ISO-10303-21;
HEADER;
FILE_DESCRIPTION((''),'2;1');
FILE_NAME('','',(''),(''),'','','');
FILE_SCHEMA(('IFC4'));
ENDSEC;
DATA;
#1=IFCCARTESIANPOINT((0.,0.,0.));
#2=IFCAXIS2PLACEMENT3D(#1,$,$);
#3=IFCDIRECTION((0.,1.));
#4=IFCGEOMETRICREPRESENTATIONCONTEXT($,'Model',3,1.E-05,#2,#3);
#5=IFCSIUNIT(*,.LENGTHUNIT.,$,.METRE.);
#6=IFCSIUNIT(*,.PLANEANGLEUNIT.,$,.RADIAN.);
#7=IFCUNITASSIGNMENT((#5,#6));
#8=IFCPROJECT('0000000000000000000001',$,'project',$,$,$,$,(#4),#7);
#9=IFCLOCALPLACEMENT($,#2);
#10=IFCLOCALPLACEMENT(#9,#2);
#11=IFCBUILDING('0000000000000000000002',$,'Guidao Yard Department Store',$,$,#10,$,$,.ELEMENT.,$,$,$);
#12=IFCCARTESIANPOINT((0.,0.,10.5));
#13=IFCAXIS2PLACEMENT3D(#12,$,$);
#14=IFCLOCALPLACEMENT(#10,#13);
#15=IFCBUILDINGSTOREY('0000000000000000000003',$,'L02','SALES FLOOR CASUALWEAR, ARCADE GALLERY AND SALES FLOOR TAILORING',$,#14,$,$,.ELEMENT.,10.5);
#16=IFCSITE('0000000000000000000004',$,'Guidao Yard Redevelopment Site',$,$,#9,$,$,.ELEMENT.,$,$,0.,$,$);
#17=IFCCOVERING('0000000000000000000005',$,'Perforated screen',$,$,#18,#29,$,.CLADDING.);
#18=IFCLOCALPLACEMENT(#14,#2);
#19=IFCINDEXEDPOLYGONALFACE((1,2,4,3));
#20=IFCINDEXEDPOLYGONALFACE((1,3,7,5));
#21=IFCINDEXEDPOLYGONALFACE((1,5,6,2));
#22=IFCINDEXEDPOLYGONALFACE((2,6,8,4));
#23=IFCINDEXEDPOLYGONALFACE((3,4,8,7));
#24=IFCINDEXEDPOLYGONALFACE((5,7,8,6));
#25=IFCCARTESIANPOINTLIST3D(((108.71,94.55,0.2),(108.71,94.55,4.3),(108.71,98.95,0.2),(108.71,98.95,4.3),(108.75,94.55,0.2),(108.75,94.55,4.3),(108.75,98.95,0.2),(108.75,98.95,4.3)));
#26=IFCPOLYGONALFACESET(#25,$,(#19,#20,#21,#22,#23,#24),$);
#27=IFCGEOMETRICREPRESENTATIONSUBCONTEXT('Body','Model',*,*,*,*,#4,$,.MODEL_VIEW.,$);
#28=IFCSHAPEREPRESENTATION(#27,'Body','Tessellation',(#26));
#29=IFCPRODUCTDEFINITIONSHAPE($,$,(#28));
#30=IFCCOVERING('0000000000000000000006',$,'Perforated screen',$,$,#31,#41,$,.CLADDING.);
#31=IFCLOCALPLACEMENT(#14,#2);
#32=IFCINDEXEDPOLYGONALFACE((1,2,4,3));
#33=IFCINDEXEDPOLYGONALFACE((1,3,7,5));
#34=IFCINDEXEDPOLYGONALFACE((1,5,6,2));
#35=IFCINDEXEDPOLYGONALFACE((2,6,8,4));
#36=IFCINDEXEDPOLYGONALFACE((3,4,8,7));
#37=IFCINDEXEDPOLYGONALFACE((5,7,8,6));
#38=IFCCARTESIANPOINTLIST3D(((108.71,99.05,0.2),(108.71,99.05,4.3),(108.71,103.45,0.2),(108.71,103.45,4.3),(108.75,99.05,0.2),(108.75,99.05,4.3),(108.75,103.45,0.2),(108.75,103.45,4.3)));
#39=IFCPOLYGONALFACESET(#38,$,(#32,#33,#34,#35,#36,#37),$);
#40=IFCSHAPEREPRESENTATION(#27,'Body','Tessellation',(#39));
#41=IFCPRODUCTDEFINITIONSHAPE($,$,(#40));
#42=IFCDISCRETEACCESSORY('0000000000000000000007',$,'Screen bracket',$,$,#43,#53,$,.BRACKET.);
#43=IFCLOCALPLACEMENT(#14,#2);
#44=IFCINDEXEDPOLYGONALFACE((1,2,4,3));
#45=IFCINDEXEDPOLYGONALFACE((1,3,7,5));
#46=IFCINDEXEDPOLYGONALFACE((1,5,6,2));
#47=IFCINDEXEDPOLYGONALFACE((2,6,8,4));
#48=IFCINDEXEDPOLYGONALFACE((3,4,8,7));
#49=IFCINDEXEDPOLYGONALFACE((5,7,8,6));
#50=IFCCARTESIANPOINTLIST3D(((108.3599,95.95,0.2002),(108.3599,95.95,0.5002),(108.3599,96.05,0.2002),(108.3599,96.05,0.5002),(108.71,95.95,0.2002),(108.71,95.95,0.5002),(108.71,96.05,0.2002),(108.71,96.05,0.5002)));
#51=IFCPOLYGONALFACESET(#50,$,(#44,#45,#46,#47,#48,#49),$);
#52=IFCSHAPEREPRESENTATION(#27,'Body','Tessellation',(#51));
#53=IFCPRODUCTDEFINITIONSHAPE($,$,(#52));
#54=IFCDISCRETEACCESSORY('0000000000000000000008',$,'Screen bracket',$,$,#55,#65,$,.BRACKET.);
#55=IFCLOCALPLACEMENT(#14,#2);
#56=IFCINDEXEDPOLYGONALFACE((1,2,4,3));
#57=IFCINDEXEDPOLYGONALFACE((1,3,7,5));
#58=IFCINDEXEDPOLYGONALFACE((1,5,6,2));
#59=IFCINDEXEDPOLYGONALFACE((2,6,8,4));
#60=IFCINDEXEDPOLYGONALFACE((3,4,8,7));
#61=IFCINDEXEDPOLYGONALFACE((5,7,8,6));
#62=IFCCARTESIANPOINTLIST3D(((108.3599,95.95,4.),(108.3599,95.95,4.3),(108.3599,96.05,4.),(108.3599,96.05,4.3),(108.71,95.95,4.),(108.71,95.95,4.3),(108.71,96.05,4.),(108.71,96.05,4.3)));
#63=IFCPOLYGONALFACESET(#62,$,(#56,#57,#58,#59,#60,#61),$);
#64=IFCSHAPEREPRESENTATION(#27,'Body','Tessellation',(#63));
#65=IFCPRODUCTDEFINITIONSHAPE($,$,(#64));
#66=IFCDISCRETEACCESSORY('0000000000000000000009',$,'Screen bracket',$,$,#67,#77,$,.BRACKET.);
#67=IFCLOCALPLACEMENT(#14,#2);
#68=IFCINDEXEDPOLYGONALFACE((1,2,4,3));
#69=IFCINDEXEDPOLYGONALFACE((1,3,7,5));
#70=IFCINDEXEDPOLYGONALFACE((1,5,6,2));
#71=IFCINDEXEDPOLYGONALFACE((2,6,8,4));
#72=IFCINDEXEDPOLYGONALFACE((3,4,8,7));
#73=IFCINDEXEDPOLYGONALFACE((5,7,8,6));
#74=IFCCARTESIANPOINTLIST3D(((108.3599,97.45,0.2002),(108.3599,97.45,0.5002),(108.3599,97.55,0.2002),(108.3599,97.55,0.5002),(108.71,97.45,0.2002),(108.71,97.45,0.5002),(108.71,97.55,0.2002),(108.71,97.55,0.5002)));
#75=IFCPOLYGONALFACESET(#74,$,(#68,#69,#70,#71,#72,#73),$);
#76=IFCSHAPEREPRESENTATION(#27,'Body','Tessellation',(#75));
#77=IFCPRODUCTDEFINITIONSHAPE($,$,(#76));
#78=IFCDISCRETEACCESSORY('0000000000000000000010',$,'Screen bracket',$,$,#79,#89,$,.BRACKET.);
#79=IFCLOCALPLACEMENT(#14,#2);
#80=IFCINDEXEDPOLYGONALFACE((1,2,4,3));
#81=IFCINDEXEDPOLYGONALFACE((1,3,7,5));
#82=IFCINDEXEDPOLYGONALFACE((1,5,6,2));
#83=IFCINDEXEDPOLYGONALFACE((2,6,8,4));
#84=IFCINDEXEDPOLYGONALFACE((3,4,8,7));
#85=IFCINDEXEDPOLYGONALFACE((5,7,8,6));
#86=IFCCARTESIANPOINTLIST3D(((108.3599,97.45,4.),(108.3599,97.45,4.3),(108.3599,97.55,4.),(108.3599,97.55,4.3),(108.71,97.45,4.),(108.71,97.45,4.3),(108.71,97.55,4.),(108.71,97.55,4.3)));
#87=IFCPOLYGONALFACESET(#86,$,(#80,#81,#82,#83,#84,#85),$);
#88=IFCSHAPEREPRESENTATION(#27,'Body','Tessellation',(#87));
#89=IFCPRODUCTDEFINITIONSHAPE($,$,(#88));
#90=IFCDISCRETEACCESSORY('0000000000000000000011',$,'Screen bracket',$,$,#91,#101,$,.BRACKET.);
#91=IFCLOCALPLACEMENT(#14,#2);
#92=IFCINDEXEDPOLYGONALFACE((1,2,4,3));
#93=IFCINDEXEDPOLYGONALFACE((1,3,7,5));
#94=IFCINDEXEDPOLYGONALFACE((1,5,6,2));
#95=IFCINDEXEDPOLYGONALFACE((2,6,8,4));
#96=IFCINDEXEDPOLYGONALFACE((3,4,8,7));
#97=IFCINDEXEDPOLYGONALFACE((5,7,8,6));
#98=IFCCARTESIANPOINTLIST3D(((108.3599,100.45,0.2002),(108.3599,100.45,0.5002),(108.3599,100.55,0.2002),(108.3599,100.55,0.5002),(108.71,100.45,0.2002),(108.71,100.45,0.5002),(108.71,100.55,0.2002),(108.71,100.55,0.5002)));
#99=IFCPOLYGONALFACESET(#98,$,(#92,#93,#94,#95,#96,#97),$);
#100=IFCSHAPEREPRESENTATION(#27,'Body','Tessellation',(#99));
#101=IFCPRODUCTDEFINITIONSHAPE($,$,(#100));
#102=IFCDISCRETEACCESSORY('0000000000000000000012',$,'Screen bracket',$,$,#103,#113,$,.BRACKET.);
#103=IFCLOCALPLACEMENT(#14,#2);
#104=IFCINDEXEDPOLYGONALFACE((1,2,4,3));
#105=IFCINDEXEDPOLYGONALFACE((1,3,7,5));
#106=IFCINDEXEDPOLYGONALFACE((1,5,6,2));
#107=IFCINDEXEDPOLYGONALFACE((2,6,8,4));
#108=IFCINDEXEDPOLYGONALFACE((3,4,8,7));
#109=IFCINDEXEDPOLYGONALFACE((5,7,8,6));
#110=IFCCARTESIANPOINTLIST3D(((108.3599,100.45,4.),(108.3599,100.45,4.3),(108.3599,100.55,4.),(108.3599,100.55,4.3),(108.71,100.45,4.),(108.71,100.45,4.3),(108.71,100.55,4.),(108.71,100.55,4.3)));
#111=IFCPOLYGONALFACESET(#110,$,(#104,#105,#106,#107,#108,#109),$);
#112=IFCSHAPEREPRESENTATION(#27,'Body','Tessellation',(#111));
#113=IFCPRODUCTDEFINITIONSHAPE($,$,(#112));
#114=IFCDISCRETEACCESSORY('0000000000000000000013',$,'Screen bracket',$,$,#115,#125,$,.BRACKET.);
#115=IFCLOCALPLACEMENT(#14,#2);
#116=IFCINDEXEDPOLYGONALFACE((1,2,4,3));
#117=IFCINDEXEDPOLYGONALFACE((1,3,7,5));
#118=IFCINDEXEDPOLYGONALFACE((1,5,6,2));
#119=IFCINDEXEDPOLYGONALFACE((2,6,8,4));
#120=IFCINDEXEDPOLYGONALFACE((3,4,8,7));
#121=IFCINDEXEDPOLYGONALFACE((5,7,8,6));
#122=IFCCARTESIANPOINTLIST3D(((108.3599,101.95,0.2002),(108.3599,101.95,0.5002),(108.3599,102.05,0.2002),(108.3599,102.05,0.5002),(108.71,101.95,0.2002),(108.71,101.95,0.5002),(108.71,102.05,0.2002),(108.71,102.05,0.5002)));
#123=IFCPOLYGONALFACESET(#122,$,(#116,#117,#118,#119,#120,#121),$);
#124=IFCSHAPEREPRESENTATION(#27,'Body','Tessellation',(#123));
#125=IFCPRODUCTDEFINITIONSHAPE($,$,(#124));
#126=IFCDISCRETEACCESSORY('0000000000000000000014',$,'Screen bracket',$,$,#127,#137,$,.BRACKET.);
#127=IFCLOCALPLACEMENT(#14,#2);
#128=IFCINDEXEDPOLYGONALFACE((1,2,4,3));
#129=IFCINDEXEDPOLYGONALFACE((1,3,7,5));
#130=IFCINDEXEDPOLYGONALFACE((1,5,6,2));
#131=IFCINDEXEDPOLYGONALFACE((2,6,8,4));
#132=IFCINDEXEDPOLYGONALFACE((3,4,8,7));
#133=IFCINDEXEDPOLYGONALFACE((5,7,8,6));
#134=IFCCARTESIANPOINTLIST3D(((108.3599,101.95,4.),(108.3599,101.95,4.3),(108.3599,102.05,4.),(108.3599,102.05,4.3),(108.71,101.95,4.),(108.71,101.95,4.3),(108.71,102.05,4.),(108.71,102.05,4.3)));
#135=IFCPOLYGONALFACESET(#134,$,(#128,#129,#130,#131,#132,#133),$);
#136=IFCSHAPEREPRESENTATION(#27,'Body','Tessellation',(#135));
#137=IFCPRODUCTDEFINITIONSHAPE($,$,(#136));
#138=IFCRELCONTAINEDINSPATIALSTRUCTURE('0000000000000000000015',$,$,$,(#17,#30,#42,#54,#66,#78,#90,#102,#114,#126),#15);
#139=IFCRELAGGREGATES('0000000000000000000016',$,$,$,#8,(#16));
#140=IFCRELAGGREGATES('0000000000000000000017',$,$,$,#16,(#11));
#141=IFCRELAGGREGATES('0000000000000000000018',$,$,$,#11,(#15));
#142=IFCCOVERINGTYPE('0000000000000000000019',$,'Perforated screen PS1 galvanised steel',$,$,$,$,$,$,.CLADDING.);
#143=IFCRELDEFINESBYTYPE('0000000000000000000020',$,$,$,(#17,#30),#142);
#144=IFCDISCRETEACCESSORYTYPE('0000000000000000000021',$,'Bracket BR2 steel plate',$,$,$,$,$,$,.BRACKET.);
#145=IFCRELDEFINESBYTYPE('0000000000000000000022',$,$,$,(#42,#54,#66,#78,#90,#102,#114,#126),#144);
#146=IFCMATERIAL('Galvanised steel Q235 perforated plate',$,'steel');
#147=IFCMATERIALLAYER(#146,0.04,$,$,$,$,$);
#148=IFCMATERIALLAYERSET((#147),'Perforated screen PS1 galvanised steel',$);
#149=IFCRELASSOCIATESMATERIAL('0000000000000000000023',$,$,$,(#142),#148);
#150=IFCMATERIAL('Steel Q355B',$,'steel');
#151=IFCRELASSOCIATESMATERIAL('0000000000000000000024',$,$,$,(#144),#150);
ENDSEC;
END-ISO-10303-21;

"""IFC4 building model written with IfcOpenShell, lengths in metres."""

from ifc_helpers import new_model, si_unit, direction, frame, origin, origin_2d, place, context, subcontext, project, spatial, rectangle, extrude, material, layer, layer_set, type_object, element, save


model = new_model("IFC4")

# Units and contexts
model_context = context("Model", 3, precision=1e-05, world=origin(), true_north=direction((0.0, 1.0)))
body_context = subcontext(model_context, "Body", "Model", "MODEL_VIEW")
ifc_project = project(units=[si_unit("LENGTHUNIT", "METRE"), si_unit("PLANEANGLEUNIT", "RADIAN")], contexts=[model_context])

# Site, building, storey
site_placement = place(None, origin())
site = spatial("IfcSite", under=ifc_project, at=site_placement, Name="Guidao Yard Redevelopment Site", CompositionType="ELEMENT", RefElevation=0.0)
building_placement = place(site_placement, origin())
building = spatial("IfcBuilding", under=site, at=building_placement, Name="Guidao Yard Department Store", CompositionType="ELEMENT")
storey_placement = place(building_placement, frame((0.0, 0.0, 10.5)))
storey = spatial("IfcBuildingStorey", under=building, at=storey_placement, Name="L02", Description="SALES FLOOR CASUALWEAR, ARCADE GALLERY AND SALES FLOOR TAILORING", CompositionType="ELEMENT", Elevation=10.5)

# Coverings
ifc_material_1 = material(Name="Galvanised steel Q235 perforated plate", Category="steel")
ifc_layer_1 = layer(ifc_material_1, 0.04)
ifc_layer_set_1 = layer_set([ifc_layer_1], Name="Perforated screen PS1 galvanised steel")
covering_type = type_object("IfcCoveringType", Name="Perforated screen PS1 galvanised steel", PredefinedType="CLADDING", material=ifc_layer_set_1)
for number, where, z_axis, x_axis, name in (
    (1, (108.73, 96.75, 0.2), (0.0, 0.0, 1.0), (0.0, -1.0, 0.0), "Perforated screen"),
    (2, (108.73, 101.25, 0.2), (0.0, 0.0, 1.0), (0.0, -1.0, 0.0), "Perforated screen"),
):
    element("IfcCovering", number, at=place(storey_placement, frame(where, z_axis=z_axis, x_axis=x_axis)), inside=storey, type_object=covering_type, Name=name, PredefinedType="CLADDING", context=body_context, shape_type="SweptSolid", body=[
        extrude(rectangle(XDim=4.3999, YDim=0.04, at=origin_2d()), origin(), (0.0, 0.0, 1.0), 4.1001),
    ])

# Discrete accessories
ifc_material_2 = material(Name="Steel Q355B", Category="steel")
discrete_accessory_type = type_object("IfcDiscreteAccessoryType", Name="Bracket BR2 steel plate", PredefinedType="BRACKET", material=ifc_material_2)
for number, where, z_axis, x_axis, name in (
    (3, (108.5349, 96.0, 0.2002), (0.0, 0.0, 1.0), (0.0, -1.0, 0.0), "Screen bracket"),
    (4, (108.5349, 96.0, 4.0), (0.0, 0.0, 1.0), (0.0, -1.0, 0.0), "Screen bracket"),
    (5, (108.5349, 97.5, 0.2002), (0.0, 0.0, 1.0), (0.0, -1.0, 0.0), "Screen bracket"),
    (6, (108.5349, 97.5, 4.0), (0.0, 0.0, 1.0), (0.0, -1.0, 0.0), "Screen bracket"),
    (7, (108.5349, 100.5, 0.2002), (0.0, 0.0, 1.0), (0.0, -1.0, 0.0), "Screen bracket"),
    (8, (108.5349, 100.5, 4.0), (0.0, 0.0, 1.0), (0.0, -1.0, 0.0), "Screen bracket"),
    (9, (108.5349, 102.0, 0.2002), (0.0, 0.0, 1.0), (0.0, -1.0, 0.0), "Screen bracket"),
    (10, (108.5349, 102.0, 4.0), (0.0, 0.0, 1.0), (0.0, -1.0, 0.0), "Screen bracket"),
):
    element("IfcDiscreteAccessory", number, at=place(storey_placement, frame(where, z_axis=z_axis, x_axis=x_axis)), inside=storey, type_object=discrete_accessory_type, Name=name, PredefinedType="BRACKET", context=body_context, shape_type="SweptSolid", body=[
        extrude(rectangle(XDim=0.1001, YDim=0.3501, at=origin_2d()), origin(), (0.0, 0.0, 1.0), 0.3),
    ])

save(model, "model.ifc")
